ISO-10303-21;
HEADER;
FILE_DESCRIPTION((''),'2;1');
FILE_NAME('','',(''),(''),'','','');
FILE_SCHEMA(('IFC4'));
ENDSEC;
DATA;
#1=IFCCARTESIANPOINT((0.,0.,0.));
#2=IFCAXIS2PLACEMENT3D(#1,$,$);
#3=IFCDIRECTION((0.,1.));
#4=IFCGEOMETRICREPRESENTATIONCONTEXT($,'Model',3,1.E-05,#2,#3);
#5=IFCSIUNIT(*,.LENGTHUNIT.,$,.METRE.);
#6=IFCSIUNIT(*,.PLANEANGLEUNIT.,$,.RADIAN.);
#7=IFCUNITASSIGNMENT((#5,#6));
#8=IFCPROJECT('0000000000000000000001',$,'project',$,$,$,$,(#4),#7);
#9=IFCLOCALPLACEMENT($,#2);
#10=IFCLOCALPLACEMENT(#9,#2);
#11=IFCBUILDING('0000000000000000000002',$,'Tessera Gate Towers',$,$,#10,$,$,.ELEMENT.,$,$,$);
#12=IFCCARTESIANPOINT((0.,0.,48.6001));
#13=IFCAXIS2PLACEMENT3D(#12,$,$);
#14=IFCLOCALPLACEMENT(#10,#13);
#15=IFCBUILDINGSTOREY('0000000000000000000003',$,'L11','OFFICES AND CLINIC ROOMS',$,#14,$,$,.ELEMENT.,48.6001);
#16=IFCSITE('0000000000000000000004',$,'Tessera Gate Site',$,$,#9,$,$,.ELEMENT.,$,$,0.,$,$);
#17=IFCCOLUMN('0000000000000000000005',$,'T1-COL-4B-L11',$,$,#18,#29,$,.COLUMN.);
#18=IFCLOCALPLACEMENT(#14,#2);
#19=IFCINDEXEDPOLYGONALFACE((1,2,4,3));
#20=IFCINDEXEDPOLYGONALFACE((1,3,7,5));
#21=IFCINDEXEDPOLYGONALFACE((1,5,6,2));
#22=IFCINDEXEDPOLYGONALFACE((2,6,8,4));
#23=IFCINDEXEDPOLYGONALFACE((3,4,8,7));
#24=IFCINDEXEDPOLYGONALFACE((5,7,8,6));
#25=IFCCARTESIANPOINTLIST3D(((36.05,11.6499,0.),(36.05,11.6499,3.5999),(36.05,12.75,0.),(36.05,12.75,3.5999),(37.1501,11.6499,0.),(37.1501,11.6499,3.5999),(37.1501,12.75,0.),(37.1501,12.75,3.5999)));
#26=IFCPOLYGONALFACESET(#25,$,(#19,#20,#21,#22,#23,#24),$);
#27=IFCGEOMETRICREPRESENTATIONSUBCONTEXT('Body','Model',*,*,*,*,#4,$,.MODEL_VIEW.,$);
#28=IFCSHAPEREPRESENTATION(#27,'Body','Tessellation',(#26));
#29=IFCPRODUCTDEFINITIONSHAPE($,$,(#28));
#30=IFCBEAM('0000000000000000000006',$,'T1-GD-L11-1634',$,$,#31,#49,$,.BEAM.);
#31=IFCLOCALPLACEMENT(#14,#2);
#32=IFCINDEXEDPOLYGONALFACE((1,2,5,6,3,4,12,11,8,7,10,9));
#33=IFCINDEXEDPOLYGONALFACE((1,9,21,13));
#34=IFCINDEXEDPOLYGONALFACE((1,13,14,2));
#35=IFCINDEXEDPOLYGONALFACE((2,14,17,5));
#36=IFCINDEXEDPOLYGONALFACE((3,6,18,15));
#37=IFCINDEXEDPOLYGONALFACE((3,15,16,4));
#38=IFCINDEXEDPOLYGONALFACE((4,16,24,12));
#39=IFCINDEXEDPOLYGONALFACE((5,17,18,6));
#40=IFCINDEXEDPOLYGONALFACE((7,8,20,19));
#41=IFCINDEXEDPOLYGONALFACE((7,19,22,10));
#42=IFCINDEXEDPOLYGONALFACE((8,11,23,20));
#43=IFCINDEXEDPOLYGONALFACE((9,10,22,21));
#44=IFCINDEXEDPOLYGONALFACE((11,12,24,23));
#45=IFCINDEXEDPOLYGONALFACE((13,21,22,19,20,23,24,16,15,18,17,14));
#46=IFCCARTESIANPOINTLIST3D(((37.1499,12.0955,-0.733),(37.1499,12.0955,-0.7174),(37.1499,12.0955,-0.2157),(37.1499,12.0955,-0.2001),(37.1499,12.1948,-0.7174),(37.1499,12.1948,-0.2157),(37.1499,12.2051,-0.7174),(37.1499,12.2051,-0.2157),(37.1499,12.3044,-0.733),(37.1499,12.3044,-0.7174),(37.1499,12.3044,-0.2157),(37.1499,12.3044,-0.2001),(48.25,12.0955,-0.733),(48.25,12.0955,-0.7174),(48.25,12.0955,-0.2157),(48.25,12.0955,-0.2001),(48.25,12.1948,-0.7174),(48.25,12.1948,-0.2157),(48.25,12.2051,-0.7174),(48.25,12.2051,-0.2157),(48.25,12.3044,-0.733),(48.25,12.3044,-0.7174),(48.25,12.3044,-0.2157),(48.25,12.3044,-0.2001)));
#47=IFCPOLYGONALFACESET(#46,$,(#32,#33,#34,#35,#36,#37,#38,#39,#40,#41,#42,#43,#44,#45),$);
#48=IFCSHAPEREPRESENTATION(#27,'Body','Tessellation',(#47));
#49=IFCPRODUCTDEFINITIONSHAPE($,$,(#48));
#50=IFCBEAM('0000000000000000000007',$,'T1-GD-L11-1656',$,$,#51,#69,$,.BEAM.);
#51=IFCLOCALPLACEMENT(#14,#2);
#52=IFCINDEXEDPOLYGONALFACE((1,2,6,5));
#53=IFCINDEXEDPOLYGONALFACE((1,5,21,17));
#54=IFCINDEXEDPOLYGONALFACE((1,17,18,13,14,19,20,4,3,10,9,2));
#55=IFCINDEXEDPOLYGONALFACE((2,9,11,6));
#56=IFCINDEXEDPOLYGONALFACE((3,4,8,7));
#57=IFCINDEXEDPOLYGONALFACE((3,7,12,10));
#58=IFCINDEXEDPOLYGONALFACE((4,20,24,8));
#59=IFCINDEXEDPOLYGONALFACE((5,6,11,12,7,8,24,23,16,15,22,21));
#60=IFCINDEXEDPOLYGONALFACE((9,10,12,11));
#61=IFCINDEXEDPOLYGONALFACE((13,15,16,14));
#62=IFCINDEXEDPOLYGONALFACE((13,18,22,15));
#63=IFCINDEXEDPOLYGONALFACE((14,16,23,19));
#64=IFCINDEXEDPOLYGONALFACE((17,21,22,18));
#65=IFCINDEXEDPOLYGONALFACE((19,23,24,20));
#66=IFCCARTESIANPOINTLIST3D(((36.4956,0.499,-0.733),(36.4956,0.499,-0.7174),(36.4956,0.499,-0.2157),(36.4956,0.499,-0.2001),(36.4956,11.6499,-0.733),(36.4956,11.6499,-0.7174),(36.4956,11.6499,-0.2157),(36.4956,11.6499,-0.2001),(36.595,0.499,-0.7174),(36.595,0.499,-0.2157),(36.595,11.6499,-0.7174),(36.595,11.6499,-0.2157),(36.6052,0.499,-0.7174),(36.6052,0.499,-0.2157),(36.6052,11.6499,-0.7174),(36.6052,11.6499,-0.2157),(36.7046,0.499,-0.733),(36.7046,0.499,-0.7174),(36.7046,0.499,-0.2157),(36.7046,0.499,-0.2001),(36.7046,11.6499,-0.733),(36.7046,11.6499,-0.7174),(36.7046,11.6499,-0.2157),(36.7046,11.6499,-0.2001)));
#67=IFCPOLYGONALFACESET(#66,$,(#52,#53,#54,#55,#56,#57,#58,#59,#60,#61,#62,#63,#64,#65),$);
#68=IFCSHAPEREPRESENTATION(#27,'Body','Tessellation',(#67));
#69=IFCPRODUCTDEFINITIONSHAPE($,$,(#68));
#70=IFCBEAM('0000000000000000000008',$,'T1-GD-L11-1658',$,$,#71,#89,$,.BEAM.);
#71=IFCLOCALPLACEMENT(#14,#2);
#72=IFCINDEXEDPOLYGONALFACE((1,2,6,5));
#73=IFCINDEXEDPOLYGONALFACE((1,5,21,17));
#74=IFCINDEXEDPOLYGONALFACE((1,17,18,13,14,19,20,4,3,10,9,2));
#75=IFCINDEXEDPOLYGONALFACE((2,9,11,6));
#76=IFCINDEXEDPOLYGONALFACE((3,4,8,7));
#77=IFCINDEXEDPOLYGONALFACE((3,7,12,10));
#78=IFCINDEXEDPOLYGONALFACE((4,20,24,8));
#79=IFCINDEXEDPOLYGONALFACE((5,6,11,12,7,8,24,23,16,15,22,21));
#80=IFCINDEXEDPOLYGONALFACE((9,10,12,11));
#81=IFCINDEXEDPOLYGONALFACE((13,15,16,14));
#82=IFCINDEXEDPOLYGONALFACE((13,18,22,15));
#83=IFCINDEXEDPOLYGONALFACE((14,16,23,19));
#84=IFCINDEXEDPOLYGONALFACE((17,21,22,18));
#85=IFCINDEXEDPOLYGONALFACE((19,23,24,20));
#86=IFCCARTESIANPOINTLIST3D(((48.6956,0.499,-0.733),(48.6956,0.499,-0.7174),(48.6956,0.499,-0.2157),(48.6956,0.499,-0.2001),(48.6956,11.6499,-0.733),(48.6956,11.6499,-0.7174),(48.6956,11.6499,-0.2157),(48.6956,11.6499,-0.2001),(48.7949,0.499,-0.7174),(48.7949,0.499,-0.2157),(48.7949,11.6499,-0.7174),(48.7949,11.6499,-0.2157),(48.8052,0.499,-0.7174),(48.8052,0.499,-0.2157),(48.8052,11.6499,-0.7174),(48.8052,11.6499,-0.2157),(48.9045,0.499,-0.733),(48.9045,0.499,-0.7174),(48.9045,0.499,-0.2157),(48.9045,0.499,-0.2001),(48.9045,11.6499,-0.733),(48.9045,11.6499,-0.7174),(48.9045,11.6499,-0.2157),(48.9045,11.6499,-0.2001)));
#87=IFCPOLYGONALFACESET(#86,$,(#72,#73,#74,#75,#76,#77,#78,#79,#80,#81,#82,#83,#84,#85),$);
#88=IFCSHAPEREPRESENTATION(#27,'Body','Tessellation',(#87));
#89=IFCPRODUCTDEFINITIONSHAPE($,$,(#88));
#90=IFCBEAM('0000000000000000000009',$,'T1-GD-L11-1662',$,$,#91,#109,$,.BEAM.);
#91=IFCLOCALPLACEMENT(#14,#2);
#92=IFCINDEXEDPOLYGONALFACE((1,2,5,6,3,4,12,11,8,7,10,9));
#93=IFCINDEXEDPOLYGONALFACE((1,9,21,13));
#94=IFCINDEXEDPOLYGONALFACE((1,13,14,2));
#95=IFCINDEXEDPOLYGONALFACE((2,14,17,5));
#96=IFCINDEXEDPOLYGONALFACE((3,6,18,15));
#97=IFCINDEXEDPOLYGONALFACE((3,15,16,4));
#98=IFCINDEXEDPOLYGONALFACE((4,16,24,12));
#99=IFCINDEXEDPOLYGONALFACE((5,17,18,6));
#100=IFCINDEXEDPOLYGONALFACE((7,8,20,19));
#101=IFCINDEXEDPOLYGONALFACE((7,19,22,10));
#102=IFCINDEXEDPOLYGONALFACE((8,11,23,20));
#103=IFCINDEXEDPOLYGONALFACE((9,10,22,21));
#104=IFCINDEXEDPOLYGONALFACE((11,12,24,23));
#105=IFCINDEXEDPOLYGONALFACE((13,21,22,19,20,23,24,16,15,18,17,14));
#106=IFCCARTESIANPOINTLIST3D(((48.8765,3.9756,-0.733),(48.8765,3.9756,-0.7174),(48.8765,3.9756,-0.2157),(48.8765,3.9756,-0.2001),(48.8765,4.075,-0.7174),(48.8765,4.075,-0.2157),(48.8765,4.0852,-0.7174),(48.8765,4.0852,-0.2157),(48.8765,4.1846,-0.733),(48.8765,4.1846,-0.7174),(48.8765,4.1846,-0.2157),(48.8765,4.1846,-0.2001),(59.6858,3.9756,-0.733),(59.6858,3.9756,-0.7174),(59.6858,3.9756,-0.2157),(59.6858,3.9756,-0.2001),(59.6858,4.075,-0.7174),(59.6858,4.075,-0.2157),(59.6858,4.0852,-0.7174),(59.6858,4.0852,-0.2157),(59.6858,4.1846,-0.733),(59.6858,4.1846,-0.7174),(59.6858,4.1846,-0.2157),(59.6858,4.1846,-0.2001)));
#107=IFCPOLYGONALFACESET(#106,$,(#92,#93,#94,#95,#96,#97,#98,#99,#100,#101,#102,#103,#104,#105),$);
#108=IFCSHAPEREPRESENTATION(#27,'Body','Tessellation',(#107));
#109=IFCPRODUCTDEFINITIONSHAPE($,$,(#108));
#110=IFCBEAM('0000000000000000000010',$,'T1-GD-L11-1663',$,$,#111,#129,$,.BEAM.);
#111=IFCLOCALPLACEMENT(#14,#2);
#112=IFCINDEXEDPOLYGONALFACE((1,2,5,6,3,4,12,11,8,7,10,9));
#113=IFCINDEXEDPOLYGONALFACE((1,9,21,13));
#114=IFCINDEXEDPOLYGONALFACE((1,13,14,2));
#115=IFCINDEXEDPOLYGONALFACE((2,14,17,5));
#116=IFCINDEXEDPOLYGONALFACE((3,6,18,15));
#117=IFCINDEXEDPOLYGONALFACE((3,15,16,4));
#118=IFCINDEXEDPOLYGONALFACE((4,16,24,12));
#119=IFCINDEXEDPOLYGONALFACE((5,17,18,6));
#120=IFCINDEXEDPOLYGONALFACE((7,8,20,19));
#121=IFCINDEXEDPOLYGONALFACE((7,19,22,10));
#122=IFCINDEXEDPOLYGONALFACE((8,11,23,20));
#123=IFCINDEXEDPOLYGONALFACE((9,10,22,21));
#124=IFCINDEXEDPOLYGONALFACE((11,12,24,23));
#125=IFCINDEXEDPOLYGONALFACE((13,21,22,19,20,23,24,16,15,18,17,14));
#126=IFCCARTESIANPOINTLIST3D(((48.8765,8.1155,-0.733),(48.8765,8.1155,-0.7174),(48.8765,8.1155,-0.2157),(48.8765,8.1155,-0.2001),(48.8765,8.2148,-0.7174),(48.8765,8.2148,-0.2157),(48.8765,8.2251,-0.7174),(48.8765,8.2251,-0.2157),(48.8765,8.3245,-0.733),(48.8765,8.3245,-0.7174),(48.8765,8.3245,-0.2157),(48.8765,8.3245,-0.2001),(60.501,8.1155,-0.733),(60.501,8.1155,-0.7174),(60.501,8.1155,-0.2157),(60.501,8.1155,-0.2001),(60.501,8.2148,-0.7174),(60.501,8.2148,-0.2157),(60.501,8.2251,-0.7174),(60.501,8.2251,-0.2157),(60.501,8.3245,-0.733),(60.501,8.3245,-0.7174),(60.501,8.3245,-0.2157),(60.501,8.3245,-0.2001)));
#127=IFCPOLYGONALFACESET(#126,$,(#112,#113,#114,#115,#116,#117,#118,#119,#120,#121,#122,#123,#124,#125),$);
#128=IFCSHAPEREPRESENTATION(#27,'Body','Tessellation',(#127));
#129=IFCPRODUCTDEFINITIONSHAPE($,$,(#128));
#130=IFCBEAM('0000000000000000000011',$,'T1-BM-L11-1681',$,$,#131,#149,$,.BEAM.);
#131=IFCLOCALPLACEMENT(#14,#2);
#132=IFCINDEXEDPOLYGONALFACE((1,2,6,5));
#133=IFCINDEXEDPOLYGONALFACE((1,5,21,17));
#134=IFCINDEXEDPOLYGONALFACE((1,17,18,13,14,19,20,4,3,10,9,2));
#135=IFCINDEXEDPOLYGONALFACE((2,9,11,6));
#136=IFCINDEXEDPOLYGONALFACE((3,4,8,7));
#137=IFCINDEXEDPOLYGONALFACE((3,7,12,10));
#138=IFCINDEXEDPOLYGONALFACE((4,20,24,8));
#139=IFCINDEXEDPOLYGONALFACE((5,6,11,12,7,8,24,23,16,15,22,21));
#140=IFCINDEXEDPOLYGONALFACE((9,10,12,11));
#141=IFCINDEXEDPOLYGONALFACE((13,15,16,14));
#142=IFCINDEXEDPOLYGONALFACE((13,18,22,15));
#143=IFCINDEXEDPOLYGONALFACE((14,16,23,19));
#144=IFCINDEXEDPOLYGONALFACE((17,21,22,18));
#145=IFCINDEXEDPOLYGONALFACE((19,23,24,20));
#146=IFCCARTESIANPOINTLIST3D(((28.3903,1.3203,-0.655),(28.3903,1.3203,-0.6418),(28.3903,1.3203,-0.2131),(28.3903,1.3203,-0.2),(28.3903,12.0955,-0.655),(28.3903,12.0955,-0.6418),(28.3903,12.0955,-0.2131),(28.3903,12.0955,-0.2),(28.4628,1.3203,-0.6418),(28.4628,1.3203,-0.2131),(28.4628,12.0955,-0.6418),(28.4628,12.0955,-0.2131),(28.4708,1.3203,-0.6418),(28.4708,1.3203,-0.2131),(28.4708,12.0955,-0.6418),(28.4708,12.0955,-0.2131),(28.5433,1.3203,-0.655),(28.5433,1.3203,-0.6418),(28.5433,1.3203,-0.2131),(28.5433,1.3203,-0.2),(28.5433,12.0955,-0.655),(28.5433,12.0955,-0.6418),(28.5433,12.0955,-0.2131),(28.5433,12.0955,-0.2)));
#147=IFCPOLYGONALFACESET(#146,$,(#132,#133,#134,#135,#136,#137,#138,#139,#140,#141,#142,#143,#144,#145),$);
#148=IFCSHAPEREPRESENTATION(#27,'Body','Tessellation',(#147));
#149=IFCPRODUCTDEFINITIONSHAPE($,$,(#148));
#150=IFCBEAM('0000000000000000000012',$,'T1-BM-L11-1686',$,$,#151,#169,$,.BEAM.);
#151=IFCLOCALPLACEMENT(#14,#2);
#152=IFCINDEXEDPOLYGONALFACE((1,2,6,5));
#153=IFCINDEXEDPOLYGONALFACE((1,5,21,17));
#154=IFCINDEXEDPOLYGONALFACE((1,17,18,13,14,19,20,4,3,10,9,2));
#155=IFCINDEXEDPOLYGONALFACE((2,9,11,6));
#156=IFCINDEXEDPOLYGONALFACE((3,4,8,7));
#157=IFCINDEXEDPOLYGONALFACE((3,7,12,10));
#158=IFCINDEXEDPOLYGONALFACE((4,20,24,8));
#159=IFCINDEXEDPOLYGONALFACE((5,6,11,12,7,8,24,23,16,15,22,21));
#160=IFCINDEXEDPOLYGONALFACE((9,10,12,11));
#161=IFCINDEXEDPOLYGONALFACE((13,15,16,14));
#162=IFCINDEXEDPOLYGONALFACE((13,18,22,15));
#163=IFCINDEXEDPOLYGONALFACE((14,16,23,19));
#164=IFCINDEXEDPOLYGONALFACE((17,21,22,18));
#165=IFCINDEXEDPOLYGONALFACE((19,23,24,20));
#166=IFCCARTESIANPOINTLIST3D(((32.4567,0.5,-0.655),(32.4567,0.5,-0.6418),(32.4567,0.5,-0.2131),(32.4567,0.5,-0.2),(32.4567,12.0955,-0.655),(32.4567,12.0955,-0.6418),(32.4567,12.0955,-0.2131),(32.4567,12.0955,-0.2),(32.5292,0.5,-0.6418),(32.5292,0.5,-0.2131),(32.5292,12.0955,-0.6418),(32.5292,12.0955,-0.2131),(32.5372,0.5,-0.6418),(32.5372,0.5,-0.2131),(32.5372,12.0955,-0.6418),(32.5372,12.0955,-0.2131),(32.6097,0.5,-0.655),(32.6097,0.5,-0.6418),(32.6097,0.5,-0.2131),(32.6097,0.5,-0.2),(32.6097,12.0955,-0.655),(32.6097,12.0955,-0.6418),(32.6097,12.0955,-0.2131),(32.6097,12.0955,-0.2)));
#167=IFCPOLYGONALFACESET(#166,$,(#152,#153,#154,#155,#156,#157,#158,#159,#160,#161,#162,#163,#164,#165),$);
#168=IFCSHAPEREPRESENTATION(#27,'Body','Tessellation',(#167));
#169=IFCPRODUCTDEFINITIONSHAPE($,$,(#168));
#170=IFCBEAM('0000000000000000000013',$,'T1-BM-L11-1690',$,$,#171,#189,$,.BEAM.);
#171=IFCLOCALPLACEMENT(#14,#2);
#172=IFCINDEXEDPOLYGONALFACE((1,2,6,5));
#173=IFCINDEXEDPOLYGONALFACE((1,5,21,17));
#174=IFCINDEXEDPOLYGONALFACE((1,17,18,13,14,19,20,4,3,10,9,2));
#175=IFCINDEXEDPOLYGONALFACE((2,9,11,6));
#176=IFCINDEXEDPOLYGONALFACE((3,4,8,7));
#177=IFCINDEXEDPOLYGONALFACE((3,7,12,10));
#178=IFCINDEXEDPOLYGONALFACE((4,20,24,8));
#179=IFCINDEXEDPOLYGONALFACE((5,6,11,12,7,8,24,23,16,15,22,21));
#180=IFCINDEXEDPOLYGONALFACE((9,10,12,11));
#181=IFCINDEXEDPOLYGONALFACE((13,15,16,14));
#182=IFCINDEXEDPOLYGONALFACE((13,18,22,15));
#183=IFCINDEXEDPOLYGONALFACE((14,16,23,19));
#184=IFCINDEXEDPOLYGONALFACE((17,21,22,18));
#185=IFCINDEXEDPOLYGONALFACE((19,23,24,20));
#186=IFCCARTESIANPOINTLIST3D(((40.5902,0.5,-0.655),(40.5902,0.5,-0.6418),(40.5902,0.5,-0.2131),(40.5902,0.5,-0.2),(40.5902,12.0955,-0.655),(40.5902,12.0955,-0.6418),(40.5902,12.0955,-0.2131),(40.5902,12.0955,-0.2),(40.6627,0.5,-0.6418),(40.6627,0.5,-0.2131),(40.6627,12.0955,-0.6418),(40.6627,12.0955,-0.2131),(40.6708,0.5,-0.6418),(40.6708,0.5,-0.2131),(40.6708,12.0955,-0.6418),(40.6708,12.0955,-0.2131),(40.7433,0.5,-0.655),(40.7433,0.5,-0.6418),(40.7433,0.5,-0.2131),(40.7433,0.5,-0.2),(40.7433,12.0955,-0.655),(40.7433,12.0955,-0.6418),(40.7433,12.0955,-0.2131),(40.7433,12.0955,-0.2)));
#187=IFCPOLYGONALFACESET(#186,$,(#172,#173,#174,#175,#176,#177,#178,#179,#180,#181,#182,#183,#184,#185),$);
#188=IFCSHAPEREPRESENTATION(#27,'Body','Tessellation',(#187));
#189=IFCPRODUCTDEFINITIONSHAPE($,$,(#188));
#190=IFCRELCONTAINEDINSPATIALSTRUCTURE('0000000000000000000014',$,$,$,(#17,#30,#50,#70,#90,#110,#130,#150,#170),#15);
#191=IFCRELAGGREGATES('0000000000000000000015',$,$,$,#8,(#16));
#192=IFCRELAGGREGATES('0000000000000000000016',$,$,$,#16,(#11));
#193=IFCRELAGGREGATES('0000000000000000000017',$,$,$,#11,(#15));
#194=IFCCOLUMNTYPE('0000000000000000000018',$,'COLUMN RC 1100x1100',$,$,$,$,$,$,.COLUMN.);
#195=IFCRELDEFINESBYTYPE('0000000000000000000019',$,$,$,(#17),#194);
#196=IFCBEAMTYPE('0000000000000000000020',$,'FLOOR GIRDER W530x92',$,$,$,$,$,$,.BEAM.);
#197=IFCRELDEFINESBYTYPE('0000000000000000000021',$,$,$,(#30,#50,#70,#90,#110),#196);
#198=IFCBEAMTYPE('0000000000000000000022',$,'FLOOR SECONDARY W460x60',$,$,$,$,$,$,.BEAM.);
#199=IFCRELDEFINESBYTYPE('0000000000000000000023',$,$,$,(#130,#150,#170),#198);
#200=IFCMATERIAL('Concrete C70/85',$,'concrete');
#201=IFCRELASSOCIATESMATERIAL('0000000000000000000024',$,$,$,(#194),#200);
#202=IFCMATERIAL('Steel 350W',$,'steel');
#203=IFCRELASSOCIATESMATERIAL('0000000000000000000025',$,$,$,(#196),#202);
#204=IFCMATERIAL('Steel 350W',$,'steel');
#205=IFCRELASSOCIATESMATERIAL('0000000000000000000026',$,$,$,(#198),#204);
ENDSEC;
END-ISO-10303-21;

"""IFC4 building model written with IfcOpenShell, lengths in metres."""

from ifc_helpers import new_model, si_unit, direction, frame, origin, origin_2d, place, context, subcontext, project, spatial, rectangle, i_section, extrude, material, material_profile, profile_set, type_object, element, save


model = new_model("IFC4")

# Units and contexts
model_context = context("Model", 3, precision=1e-05, world=origin(), true_north=direction((0.0, 1.0)))
body_context = subcontext(model_context, "Body", "Model", "MODEL_VIEW")
ifc_project = project(units=[si_unit("LENGTHUNIT", "METRE"), si_unit("PLANEANGLEUNIT", "RADIAN")], contexts=[model_context])

# Site, building, storey
site_placement = place(None, origin())
site = spatial("IfcSite", under=ifc_project, at=site_placement, Name="Tessera Gate Site", CompositionType="ELEMENT", RefElevation=0.0)
building_placement = place(site_placement, origin())
building = spatial("IfcBuilding", under=site, at=building_placement, Name="Tessera Gate Towers", CompositionType="ELEMENT")
storey_placement = place(building_placement, frame((0.0, 0.0, 48.6001)))
storey = spatial("IfcBuildingStorey", under=building, at=storey_placement, Name="L11", Description="OFFICES AND CLINIC ROOMS", CompositionType="ELEMENT", Elevation=48.6001)

# Column
ifc_material_1 = material(Name="Concrete C70/85", Category="concrete")
ifc_material_profile_1 = material_profile(ifc_material_1, rectangle(XDim=1.1001, YDim=1.1001, at=origin_2d()), Name="RC 1100x1100")
ifc_profile_set_1 = profile_set([ifc_material_profile_1], Name="Concrete C70/85")
column_type = type_object("IfcColumnType", Name="COLUMN RC 1100x1100", PredefinedType="COLUMN", material=ifc_profile_set_1)
column_placement = place(storey_placement, frame((36.6001, 12.2, 0.0), z_axis=(0.0, 0.0, 1.0), x_axis=(1.0, 0.0, 0.0)))
element("IfcColumn", 1, at=column_placement, inside=storey, type_object=column_type, Name="T1-COL-4B-L11", PredefinedType="COLUMN", context=body_context, shape_type="SweptSolid", body=[
    extrude(rectangle(XDim=1.1001, YDim=1.1001, at=origin_2d()), origin(), (0.0, 0.0, 1.0), 3.5999),
])

# Beams
ifc_material_2 = material(Name="Steel 350W", Category="steel")
ifc_material_profile_2 = material_profile(ifc_material_2, i_section(OverallWidth=0.209, OverallDepth=0.533, WebThickness=0.0103, FlangeThickness=0.0156, at=origin_2d()), Name="W530x92")
ifc_profile_set_2 = profile_set([ifc_material_profile_2], Name="Steel 350W")
beam_type_1 = type_object("IfcBeamType", Name="FLOOR GIRDER W530x92", PredefinedType="BEAM", material=ifc_profile_set_2)
beam_1_placement = place(storey_placement, frame((37.1499, 12.2, -0.4666), z_axis=(1.0, 0.0, 0.0), x_axis=(0.0, 1.0, 0.0)))
element("IfcBeam", 2, at=beam_1_placement, inside=storey, type_object=beam_type_1, Name="T1-GD-L11-1634", PredefinedType="BEAM", context=body_context, shape_type="SweptSolid", body=[
    extrude(i_section(OverallWidth=0.209, OverallDepth=0.533, WebThickness=0.0103, FlangeThickness=0.0156, at=origin_2d()), origin(), (0.0, 0.0, 1.0), 11.1001),
])
for number, where, z_axis, x_axis, name in (
    (3, (36.6001, 0.499, -0.4666), (0.0, 1.0, 0.0), (-1.0, 0.0, 0.0), "T1-GD-L11-1656"),
    (4, (48.8, 0.499, -0.4666), (0.0, 1.0, 0.0), (-1.0, 0.0, 0.0), "T1-GD-L11-1658"),
):
    element("IfcBeam", number, at=place(storey_placement, frame(where, z_axis=z_axis, x_axis=x_axis)), inside=storey, type_object=beam_type_1, Name=name, PredefinedType="BEAM", context=body_context, shape_type="SweptSolid", body=[
        extrude(i_section(OverallWidth=0.209, OverallDepth=0.533, WebThickness=0.0103, FlangeThickness=0.0156, at=origin_2d()), origin(), (0.0, 0.0, 1.0), 11.1509),
    ])
beam_2_placement = place(storey_placement, frame((48.8765, 4.0801, -0.4666), z_axis=(1.0, 0.0, 0.0), x_axis=(0.0, 1.0, 0.0)))
element("IfcBeam", 5, at=beam_2_placement, inside=storey, type_object=beam_type_1, Name="T1-GD-L11-1662", PredefinedType="BEAM", context=body_context, shape_type="SweptSolid", body=[
    extrude(i_section(OverallWidth=0.209, OverallDepth=0.533, WebThickness=0.0103, FlangeThickness=0.0156, at=origin_2d()), origin(), (0.0, 0.0, 1.0), 10.8093),
])
beam_3_placement = place(storey_placement, frame((48.8765, 8.22, -0.4666), z_axis=(1.0, 0.0, 0.0), x_axis=(0.0, 1.0, 0.0)))
element("IfcBeam", 6, at=beam_3_placement, inside=storey, type_object=beam_type_1, Name="T1-GD-L11-1663", PredefinedType="BEAM", context=body_context, shape_type="SweptSolid", body=[
    extrude(i_section(OverallWidth=0.209, OverallDepth=0.533, WebThickness=0.0103, FlangeThickness=0.0156, at=origin_2d()), origin(), (0.0, 0.0, 1.0), 11.6245),
])
ifc_material_3 = material(Name="Steel 350W", Category="steel")
ifc_material_profile_3 = material_profile(ifc_material_3, i_section(OverallWidth=0.1531, OverallDepth=0.4551, WebThickness=0.0081, FlangeThickness=0.0132, at=origin_2d()), Name="W460x60")
ifc_profile_set_3 = profile_set([ifc_material_profile_3], Name="Steel 350W")
beam_type_2 = type_object("IfcBeamType", Name="FLOOR SECONDARY W460x60", PredefinedType="BEAM", material=ifc_profile_set_3)
beam_4_placement = place(storey_placement, frame((28.4668, 1.3203, -0.4275), z_axis=(0.0, 1.0, 0.0), x_axis=(-1.0, 0.0, 0.0)))
element("IfcBeam", 7, at=beam_4_placement, inside=storey, type_object=beam_type_2, Name="T1-BM-L11-1681", PredefinedType="BEAM", context=body_context, shape_type="SweptSolid", body=[
    extrude(i_section(OverallWidth=0.1531, OverallDepth=0.4551, WebThickness=0.0081, FlangeThickness=0.0132, at=origin_2d()), origin(), (0.0, 0.0, 1.0), 10.7751),
])
for number, where, z_axis, x_axis, name in (
    (8, (32.5332, 0.5, -0.4275), (0.0, 1.0, 0.0), (-1.0, 0.0, 0.0), "T1-BM-L11-1686"),
    (9, (40.6667, 0.5, -0.4275), (0.0, 1.0, 0.0), (-1.0, 0.0, 0.0), "T1-BM-L11-1690"),
):
    element("IfcBeam", number, at=place(storey_placement, frame(where, z_axis=z_axis, x_axis=x_axis)), inside=storey, type_object=beam_type_2, Name=name, PredefinedType="BEAM", context=body_context, shape_type="SweptSolid", body=[
        extrude(i_section(OverallWidth=0.1531, OverallDepth=0.4551, WebThickness=0.0081, FlangeThickness=0.0132, at=origin_2d()), origin(), (0.0, 0.0, 1.0), 11.5955),
    ])

save(model, "model.ifc")
